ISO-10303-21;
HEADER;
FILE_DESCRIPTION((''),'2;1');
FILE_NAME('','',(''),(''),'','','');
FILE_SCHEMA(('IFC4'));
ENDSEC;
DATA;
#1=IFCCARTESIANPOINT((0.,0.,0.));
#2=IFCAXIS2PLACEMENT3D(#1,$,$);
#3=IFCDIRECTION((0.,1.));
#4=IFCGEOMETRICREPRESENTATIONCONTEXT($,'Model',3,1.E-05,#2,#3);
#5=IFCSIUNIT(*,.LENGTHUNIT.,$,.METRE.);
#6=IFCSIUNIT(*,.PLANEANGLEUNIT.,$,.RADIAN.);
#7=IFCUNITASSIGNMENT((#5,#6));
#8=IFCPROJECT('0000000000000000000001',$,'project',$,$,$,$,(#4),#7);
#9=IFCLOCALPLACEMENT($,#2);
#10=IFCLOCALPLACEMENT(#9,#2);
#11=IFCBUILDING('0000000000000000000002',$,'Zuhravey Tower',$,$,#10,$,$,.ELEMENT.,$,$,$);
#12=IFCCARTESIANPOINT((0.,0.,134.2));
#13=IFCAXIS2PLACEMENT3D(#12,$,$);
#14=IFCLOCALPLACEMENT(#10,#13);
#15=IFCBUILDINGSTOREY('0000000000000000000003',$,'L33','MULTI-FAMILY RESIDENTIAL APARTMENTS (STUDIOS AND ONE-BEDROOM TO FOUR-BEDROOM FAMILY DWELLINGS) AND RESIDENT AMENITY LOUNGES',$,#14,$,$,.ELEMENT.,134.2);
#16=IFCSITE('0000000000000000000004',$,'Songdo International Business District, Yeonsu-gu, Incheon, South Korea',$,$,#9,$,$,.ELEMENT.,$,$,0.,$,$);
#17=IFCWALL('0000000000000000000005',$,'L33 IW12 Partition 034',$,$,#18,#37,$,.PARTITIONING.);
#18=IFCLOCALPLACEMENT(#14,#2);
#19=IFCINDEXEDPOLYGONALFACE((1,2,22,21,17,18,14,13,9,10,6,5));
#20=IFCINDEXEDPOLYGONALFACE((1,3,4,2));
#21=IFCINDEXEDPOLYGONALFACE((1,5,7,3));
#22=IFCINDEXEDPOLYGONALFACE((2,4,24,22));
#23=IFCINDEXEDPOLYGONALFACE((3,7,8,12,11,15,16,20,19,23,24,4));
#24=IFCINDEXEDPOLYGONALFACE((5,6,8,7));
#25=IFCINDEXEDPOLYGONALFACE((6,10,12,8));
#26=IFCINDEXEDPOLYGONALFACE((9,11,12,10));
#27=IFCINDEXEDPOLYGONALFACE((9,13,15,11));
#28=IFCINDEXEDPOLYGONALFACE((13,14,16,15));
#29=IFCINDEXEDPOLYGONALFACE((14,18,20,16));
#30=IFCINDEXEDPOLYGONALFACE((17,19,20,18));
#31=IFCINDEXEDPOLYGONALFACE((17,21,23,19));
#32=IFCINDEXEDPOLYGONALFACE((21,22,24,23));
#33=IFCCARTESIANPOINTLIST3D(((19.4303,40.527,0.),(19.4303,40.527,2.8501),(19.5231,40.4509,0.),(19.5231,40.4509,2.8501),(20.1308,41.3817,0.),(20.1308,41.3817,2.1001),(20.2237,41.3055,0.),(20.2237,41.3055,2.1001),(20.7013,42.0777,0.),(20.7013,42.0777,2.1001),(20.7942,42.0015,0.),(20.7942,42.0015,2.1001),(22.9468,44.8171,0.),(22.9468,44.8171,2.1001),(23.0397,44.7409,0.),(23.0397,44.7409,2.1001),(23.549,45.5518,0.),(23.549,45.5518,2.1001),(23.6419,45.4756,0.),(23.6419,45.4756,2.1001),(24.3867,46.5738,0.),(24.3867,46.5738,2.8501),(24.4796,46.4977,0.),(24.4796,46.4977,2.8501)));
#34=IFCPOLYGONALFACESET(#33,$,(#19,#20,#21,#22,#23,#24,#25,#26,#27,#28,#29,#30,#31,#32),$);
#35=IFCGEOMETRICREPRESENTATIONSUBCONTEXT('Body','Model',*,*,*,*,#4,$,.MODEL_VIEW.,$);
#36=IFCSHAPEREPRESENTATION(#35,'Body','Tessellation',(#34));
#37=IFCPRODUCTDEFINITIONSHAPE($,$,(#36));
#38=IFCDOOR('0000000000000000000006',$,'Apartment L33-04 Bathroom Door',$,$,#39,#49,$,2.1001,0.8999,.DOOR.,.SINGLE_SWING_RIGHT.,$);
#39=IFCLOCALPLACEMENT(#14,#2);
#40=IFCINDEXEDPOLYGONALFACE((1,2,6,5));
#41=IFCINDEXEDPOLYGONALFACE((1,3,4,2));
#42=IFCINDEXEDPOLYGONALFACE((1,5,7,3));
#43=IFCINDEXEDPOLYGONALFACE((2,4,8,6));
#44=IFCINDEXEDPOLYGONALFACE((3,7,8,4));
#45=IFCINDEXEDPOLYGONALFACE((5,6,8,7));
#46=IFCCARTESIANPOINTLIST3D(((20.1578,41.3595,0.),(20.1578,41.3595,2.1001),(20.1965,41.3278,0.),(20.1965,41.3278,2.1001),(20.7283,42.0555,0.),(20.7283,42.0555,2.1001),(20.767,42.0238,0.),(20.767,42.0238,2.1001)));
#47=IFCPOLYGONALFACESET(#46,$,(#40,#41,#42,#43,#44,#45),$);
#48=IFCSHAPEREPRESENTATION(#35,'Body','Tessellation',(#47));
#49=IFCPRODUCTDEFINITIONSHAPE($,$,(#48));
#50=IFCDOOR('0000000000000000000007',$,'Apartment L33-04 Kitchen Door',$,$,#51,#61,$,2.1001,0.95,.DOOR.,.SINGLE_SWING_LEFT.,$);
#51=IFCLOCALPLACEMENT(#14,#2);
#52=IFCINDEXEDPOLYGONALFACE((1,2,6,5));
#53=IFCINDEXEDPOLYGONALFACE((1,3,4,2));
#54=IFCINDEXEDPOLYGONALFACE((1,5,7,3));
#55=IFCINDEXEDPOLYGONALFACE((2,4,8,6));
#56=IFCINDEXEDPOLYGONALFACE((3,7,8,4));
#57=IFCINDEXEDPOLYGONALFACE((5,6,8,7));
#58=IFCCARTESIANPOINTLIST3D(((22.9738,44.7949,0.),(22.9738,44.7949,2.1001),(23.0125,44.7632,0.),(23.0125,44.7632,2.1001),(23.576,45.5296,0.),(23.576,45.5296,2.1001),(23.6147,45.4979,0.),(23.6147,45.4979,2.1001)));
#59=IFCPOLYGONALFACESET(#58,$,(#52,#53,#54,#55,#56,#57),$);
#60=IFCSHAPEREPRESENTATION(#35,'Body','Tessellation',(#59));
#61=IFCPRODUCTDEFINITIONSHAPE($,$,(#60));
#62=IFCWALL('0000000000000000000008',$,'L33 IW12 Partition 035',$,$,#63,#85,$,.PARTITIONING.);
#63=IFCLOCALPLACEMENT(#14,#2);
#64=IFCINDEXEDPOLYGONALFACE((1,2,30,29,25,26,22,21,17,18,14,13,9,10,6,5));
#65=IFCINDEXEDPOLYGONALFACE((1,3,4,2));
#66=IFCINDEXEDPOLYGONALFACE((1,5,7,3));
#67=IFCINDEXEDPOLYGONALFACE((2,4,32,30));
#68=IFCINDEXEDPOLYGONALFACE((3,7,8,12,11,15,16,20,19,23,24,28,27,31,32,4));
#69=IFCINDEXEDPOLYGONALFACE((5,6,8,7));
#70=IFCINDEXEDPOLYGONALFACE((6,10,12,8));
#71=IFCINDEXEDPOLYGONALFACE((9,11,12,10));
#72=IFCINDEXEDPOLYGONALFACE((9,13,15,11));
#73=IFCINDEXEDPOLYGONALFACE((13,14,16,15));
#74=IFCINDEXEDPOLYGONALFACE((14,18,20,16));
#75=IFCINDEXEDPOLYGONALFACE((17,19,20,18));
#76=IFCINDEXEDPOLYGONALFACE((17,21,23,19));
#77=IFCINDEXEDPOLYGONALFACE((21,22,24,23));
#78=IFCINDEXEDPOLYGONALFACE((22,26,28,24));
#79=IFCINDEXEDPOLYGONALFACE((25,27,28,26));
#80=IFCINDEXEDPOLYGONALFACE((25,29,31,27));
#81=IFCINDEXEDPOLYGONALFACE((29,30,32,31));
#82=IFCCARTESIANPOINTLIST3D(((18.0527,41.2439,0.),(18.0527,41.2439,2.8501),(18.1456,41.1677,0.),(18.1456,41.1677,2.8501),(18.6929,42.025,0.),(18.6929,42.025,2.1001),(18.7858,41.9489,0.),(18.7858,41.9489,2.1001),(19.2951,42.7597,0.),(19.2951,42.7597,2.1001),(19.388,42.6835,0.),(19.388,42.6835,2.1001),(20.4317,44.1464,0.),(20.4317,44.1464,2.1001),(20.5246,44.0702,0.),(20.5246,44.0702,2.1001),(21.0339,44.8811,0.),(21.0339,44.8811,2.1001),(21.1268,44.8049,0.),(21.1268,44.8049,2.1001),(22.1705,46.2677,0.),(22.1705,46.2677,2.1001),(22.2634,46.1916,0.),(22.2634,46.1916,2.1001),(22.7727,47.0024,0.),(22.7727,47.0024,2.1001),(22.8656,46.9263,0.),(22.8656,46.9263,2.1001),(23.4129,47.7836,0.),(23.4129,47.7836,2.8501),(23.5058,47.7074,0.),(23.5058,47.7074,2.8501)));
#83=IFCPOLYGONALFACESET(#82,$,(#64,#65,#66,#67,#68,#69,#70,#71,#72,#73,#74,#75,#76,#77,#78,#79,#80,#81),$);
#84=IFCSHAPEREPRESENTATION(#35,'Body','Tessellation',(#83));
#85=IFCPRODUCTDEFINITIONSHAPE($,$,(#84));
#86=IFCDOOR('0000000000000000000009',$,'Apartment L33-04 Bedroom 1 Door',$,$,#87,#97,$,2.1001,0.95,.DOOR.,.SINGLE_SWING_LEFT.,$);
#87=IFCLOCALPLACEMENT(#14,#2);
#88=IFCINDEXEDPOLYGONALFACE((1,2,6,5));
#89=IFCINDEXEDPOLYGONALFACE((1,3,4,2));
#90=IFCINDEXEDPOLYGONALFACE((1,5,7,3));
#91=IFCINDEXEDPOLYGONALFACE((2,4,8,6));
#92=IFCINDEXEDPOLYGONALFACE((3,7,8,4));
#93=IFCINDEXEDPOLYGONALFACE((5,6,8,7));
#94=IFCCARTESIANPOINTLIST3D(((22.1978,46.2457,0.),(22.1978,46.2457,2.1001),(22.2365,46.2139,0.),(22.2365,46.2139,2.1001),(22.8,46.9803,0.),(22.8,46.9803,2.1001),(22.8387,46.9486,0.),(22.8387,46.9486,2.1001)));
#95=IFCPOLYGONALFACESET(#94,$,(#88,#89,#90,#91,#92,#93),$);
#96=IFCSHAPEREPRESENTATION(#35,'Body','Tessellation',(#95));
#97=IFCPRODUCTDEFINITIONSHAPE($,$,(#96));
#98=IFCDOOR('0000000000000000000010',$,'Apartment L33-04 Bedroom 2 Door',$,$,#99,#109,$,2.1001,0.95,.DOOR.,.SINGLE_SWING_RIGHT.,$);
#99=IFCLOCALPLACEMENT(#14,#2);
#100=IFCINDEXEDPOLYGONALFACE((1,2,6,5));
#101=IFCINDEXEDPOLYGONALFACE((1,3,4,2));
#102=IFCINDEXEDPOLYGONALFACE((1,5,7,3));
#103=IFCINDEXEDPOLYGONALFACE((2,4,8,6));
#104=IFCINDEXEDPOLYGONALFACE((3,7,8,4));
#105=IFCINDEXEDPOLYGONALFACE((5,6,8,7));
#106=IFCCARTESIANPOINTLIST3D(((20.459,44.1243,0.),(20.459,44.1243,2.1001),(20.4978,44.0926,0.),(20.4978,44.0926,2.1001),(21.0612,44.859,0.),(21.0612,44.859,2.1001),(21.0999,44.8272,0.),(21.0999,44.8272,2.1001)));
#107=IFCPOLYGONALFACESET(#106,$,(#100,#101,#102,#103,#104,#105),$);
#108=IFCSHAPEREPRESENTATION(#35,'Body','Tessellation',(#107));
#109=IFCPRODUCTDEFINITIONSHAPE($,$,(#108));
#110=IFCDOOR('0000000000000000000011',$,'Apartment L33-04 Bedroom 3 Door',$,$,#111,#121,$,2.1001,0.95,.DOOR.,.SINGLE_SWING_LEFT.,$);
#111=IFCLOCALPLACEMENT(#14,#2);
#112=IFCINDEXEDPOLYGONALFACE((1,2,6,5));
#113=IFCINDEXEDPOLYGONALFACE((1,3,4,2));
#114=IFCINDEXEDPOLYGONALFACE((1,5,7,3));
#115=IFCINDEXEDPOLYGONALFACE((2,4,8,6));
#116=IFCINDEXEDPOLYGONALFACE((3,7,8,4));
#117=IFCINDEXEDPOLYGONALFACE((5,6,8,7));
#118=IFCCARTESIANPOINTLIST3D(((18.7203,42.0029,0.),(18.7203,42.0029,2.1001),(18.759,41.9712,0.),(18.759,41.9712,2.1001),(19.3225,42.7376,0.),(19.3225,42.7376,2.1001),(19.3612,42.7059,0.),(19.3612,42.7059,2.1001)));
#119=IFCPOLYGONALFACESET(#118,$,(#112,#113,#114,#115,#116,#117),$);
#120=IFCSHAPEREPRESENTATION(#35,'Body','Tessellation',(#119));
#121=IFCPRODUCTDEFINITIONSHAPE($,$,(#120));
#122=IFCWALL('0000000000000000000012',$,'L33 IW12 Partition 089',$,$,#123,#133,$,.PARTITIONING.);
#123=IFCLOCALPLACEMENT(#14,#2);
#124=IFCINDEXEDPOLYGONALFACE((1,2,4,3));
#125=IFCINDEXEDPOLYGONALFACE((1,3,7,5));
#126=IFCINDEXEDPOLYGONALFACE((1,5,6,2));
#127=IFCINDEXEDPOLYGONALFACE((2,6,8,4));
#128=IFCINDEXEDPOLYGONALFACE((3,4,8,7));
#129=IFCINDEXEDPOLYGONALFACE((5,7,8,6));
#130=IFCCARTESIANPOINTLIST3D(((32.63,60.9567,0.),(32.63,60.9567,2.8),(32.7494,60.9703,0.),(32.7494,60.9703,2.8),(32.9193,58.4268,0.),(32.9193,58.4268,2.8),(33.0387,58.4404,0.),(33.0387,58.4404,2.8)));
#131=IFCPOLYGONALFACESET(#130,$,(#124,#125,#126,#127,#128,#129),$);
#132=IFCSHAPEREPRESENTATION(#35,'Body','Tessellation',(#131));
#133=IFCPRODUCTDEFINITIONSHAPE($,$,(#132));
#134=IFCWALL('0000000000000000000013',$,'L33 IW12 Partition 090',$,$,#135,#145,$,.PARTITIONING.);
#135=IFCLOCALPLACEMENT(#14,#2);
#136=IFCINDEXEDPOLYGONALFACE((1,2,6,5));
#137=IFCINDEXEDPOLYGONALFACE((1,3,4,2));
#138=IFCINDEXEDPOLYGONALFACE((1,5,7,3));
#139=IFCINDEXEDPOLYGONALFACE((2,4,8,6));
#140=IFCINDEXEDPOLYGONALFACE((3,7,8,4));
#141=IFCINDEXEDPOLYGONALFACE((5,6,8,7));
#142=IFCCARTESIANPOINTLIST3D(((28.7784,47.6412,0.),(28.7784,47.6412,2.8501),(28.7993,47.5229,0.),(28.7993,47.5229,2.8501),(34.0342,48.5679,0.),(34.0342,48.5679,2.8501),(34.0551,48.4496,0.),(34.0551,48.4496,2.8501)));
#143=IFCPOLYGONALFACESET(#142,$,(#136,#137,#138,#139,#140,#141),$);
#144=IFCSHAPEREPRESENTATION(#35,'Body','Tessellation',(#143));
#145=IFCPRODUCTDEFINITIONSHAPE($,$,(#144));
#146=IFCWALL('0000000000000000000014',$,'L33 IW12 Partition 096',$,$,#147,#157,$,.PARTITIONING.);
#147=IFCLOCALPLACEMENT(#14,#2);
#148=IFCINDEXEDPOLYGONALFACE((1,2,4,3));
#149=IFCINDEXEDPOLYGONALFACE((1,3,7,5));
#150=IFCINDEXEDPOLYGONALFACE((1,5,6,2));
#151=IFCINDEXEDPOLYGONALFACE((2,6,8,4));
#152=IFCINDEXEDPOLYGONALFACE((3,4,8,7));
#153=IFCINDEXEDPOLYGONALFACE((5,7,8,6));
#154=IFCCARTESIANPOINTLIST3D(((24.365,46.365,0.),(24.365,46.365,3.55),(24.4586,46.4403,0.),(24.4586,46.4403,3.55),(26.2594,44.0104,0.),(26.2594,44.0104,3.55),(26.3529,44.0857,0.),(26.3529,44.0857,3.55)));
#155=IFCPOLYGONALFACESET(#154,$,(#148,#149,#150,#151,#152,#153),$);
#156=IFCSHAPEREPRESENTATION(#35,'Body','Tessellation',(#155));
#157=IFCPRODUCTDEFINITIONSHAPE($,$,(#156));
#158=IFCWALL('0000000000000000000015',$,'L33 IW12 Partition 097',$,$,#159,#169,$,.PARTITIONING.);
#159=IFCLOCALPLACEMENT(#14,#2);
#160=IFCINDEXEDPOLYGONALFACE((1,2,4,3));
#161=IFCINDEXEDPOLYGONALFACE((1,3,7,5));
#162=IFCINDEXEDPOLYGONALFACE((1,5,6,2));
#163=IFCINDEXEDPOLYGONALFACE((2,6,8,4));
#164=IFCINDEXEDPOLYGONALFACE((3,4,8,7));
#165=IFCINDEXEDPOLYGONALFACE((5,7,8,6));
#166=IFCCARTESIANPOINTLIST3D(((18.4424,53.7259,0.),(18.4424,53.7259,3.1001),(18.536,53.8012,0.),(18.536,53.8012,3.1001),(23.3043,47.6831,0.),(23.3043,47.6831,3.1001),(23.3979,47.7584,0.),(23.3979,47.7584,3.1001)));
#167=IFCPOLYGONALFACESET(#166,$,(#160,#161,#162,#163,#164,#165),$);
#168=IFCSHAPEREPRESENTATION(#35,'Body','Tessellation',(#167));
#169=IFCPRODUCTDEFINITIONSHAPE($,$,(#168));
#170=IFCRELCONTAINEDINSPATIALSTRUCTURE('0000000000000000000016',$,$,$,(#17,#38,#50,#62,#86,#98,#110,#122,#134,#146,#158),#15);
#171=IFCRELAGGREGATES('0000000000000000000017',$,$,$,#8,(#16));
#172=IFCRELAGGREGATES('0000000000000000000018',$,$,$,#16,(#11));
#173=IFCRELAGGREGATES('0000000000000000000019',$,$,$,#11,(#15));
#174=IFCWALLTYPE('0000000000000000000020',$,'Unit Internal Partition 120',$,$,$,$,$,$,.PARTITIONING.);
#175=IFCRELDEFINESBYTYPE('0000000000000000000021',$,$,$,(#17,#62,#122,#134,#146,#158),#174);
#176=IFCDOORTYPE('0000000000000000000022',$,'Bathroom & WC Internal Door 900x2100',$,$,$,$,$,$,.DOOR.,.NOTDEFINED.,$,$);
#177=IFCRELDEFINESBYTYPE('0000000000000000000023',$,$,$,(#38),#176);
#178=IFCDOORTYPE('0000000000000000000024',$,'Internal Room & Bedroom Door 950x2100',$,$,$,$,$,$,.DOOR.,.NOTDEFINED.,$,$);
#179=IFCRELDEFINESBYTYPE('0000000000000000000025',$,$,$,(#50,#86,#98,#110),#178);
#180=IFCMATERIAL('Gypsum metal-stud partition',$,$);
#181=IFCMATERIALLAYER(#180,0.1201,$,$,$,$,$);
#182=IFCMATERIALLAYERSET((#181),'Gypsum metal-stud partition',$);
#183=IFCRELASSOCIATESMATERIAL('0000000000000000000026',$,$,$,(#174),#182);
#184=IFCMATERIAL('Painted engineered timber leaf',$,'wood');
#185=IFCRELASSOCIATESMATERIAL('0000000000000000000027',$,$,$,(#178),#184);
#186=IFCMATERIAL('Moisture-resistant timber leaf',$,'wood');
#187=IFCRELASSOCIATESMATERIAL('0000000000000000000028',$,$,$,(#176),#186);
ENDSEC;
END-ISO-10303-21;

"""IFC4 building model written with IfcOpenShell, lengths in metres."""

from ifc_helpers import new_model, si_unit, direction, frame, frame_2d, origin, place, context, subcontext, project, spatial, rectangle, extrude, material, layer, layer_set, type_object, element, fill, save


model = new_model("IFC4")

# Units and contexts
model_context = context("Model", 3, precision=1e-05, world=origin(), true_north=direction((0.0, 1.0)))
body_context = subcontext(model_context, "Body", "Model", "MODEL_VIEW")
ifc_project = project(units=[si_unit("LENGTHUNIT", "METRE"), si_unit("PLANEANGLEUNIT", "RADIAN")], contexts=[model_context])

# Site, building, storey
site_placement = place(None, origin())
site = spatial("IfcSite", under=ifc_project, at=site_placement, Name="Songdo International Business District, Yeonsu-gu, Incheon, South Korea", CompositionType="ELEMENT", RefElevation=0.0)
building_placement = place(site_placement, origin())
building = spatial("IfcBuilding", under=site, at=building_placement, Name="Zuhravey Tower", CompositionType="ELEMENT")
storey_placement = place(building_placement, frame((0.0, 0.0, 134.2)))
storey = spatial("IfcBuildingStorey", under=building, at=storey_placement, Name="L33", Description="MULTI-FAMILY RESIDENTIAL APARTMENTS (STUDIOS AND ONE-BEDROOM TO FOUR-BEDROOM FAMILY DWELLINGS) AND RESIDENT AMENITY LOUNGES", CompositionType="ELEMENT", Elevation=134.2)

# Shared definitions
ifc_material_1 = material(Name="Gypsum metal-stud partition")
ifc_layer_1 = layer(ifc_material_1, 0.1201)
ifc_layer_set_1 = layer_set([ifc_layer_1], Name="Gypsum metal-stud partition")
wall_type_1 = type_object("IfcWallType", Name="Unit Internal Partition 120", PredefinedType="PARTITIONING", material=ifc_layer_set_1)

# Shared definitions
ifc_material_2 = material(Name="Painted engineered timber leaf", Category="wood")
door_type_1 = type_object("IfcDoorType", Name="Internal Room & Bedroom Door 950x2100", OperationType="NOTDEFINED", PredefinedType="DOOR", material=ifc_material_2)

# Walls, openings, doors
wall_1_placement = place(storey_placement, frame((24.4331, 46.5356, 0.0), z_axis=(0.0, 0.0, 1.0), x_axis=(-0.633935, -0.773387, 0.0)))
wall_1 = element("IfcWall", 1, at=wall_1_placement, inside=storey, type_object=wall_type_1, Name="L33 IW12 Partition 034", PredefinedType="PARTITIONING", context=body_context, shape_type="SweptSolid", body=[
    extrude(rectangle(XDim=7.8186, YDim=0.1201, at=frame_2d((3.9092, 0.0))), origin(), (0.0, 0.0, 1.0), 2.8501),
])
opening_1_placement = place(wall_1_placement, frame((1.3213, 0.0, 0.0)))
opening_1 = element("IfcOpeningElement", 2, at=opening_1_placement, cuts=wall_1, PredefinedType="OPENING", context=body_context, shape_type="SweptSolid", body=[
    extrude(rectangle(XDim=0.95, YDim=2.1001, at=frame_2d((0.4751, 1.05))), frame((0.0, 0.072, 0.0), z_axis=(0.0, -1.0, 0.0), x_axis=(1.0, 0.0, 0.0)), (0.0, 0.0, 1.0), 0.144),
])
opening_2_placement = place(wall_1_placement, frame((5.8135, 0.0, 0.0)))
opening_2 = element("IfcOpeningElement", 3, at=opening_2_placement, cuts=wall_1, PredefinedType="OPENING", context=body_context, shape_type="SweptSolid", body=[
    extrude(rectangle(XDim=0.8999, YDim=2.1001, at=frame_2d((0.45, 1.05))), frame((0.0, 0.072, 0.0), z_axis=(0.0, -1.0, 0.0), x_axis=(1.0, 0.0, 0.0)), (0.0, 0.0, 1.0), 0.144),
])
ifc_material_3 = material(Name="Moisture-resistant timber leaf", Category="wood")
door_type_2 = type_object("IfcDoorType", Name="Bathroom & WC Internal Door 900x2100", OperationType="NOTDEFINED", PredefinedType="DOOR", material=ifc_material_3)
door_1_placement = place(opening_2_placement, origin())
door_1 = element("IfcDoor", 4, at=door_1_placement, inside=storey, type_object=door_type_2, Name="Apartment L33-04 Bathroom Door", OperationType="SINGLE_SWING_RIGHT", OverallHeight=2.1001, OverallWidth=0.8999, PredefinedType="DOOR", context=body_context, shape_type="SweptSolid", body=[
    extrude(rectangle(XDim=0.8999, YDim=2.1001, at=frame_2d((0.45, 1.05))), frame((0.0, 0.0249, 0.0), z_axis=(0.0, -1.0, 0.0), x_axis=(1.0, 0.0, 0.0)), (0.0, 0.0, 1.0), 0.05),
])
fill(opening_2, door_1)
door_2_placement = place(opening_1_placement, origin())
door_2 = element("IfcDoor", 5, at=door_2_placement, inside=storey, type_object=door_type_1, Name="Apartment L33-04 Kitchen Door", OperationType="SINGLE_SWING_LEFT", OverallHeight=2.1001, OverallWidth=0.95, PredefinedType="DOOR", context=body_context, shape_type="SweptSolid", body=[
    extrude(rectangle(XDim=0.95, YDim=2.1001, at=frame_2d((0.4751, 1.05))), frame((0.0, 0.0249, 0.0), z_axis=(0.0, -1.0, 0.0), x_axis=(1.0, 0.0, 0.0)), (0.0, 0.0, 1.0), 0.05),
])
fill(opening_1, door_2)
wall_2_placement = place(storey_placement, frame((23.4595, 47.7456, 0.0), z_axis=(0.0, 0.0, 1.0), x_axis=(-0.633918, -0.7734, 0.0)))
wall_2 = element("IfcWall", 6, at=wall_2_placement, inside=storey, type_object=wall_type_1, Name="L33 IW12 Partition 035", PredefinedType="PARTITIONING", context=body_context, shape_type="SweptSolid", body=[
    extrude(rectangle(XDim=8.4558, YDim=0.1201, at=frame_2d((4.228, 0.0))), origin(), (0.0, 0.0, 1.0), 2.8501),
])
opening_3_placement = place(wall_2_placement, frame((1.01, 0.0, 0.0)))
opening_3 = element("IfcOpeningElement", 7, at=opening_3_placement, cuts=wall_2, PredefinedType="OPENING", context=body_context, shape_type="SweptSolid", body=[
    extrude(rectangle(XDim=0.95, YDim=2.1001, at=frame_2d((0.4751, 1.05))), frame((0.0, 0.072, 0.0), z_axis=(0.0, -1.0, 0.0), x_axis=(1.0, 0.0, 0.0)), (0.0, 0.0, 1.0), 0.144),
])
opening_4_placement = place(wall_2_placement, frame((3.7529, 0.0, 0.0)))
opening_4 = element("IfcOpeningElement", 8, at=opening_4_placement, cuts=wall_2, PredefinedType="OPENING", context=body_context, shape_type="SweptSolid", body=[
    extrude(rectangle(XDim=0.95, YDim=2.1001, at=frame_2d((0.4751, 1.05))), frame((0.0, 0.072, 0.0), z_axis=(0.0, -1.0, 0.0), x_axis=(1.0, 0.0, 0.0)), (0.0, 0.0, 1.0), 0.144),
])
opening_5_placement = place(wall_2_placement, frame((6.4958, 0.0, 0.0)))
opening_5 = element("IfcOpeningElement", 9, at=opening_5_placement, cuts=wall_2, PredefinedType="OPENING", context=body_context, shape_type="SweptSolid", body=[
    extrude(rectangle(XDim=0.95, YDim=2.1001, at=frame_2d((0.4751, 1.05))), frame((0.0, 0.072, 0.0), z_axis=(0.0, -1.0, 0.0), x_axis=(1.0, 0.0, 0.0)), (0.0, 0.0, 1.0), 0.144),
])
door_3_placement = place(opening_3_placement, frame((0.95, 0.0, 0.0), z_axis=(0.0, 0.0, 1.0), x_axis=(-1.0, 0.0, 0.0)))
door_3 = element("IfcDoor", 10, at=door_3_placement, inside=storey, type_object=door_type_1, Name="Apartment L33-04 Bedroom 1 Door", OperationType="SINGLE_SWING_LEFT", OverallHeight=2.1001, OverallWidth=0.95, PredefinedType="DOOR", context=body_context, shape_type="SweptSolid", body=[
    extrude(rectangle(XDim=0.95, YDim=2.1001, at=frame_2d((0.4751, 1.05))), frame((0.0, 0.0249, 0.0), z_axis=(0.0, -1.0, 0.0), x_axis=(1.0, 0.0, 0.0)), (0.0, 0.0, 1.0), 0.05),
])
fill(opening_3, door_3)
door_4_placement = place(opening_4_placement, frame((0.95, 0.0, 0.0), z_axis=(0.0, 0.0, 1.0), x_axis=(-1.0, 0.0, 0.0)))
door_4 = element("IfcDoor", 11, at=door_4_placement, inside=storey, type_object=door_type_1, Name="Apartment L33-04 Bedroom 2 Door", OperationType="SINGLE_SWING_RIGHT", OverallHeight=2.1001, OverallWidth=0.95, PredefinedType="DOOR", context=body_context, shape_type="SweptSolid", body=[
    extrude(rectangle(XDim=0.95, YDim=2.1001, at=frame_2d((0.4751, 1.05))), frame((0.0, 0.0249, 0.0), z_axis=(0.0, -1.0, 0.0), x_axis=(1.0, 0.0, 0.0)), (0.0, 0.0, 1.0), 0.05),
])
fill(opening_4, door_4)
door_5_placement = place(opening_5_placement, frame((0.95, 0.0, 0.0), z_axis=(0.0, 0.0, 1.0), x_axis=(-1.0, 0.0, 0.0)))
door_5 = element("IfcDoor", 12, at=door_5_placement, inside=storey, type_object=door_type_1, Name="Apartment L33-04 Bedroom 3 Door", OperationType="SINGLE_SWING_LEFT", OverallHeight=2.1001, OverallWidth=0.95, PredefinedType="DOOR", context=body_context, shape_type="SweptSolid", body=[
    extrude(rectangle(XDim=0.95, YDim=2.1001, at=frame_2d((0.4751, 1.05))), frame((0.0, 0.0249, 0.0), z_axis=(0.0, -1.0, 0.0), x_axis=(1.0, 0.0, 0.0)), (0.0, 0.0, 1.0), 0.05),
])
fill(opening_5, door_5)

# Walls
wall_3_placement = place(storey_placement, frame((32.979, 58.4336, 0.0), z_axis=(0.0, 0.0, 1.0), x_axis=(-0.11362, 0.993524, 0.0)))
element("IfcWall", 13, at=wall_3_placement, inside=storey, type_object=wall_type_1, Name="L33 IW12 Partition 089", PredefinedType="PARTITIONING", context=body_context, shape_type="SweptSolid", body=[
    extrude(rectangle(XDim=2.5464, YDim=0.1201, at=frame_2d((1.2732, 0.0))), origin(), (0.0, 0.0, 1.0), 2.8),
])
wall_4_placement = place(storey_placement, frame((34.0447, 48.5088, 0.0), z_axis=(0.0, 0.0, 1.0), x_axis=(-0.984807, -0.17365, 0.0)))
element("IfcWall", 14, at=wall_4_placement, inside=storey, type_object=wall_type_1, Name="L33 IW12 Partition 090", PredefinedType="PARTITIONING", context=body_context, shape_type="SweptSolid", body=[
    extrude(rectangle(XDim=5.3369, YDim=0.1201, at=frame_2d((2.6685, 0.0))), origin(), (0.0, 0.0, 1.0), 2.8501),
])
wall_5_placement = place(storey_placement, frame((26.3062, 44.0481, 0.0), z_axis=(0.0, 0.0, 1.0), x_axis=(-0.62685, 0.77914, 0.0)))
element("IfcWall", 15, at=wall_5_placement, inside=storey, type_object=wall_type_1, Name="L33 IW12 Partition 096", PredefinedType="PARTITIONING", context=body_context, shape_type="SweptSolid", body=[
    extrude(rectangle(XDim=3.022, YDim=0.1201, at=frame_2d((1.511, 0.0))), origin(), (0.0, 0.0, 1.0), 3.55),
])
wall_6_placement = place(storey_placement, frame((23.3511, 47.7207, 0.0), z_axis=(0.0, 0.0, 1.0), x_axis=(-0.626865, 0.779128, 0.0)))
element("IfcWall", 16, at=wall_6_placement, inside=storey, type_object=wall_type_1, Name="L33 IW12 Partition 097", PredefinedType="PARTITIONING", context=body_context, shape_type="SweptSolid", body=[
    extrude(rectangle(XDim=7.7559, YDim=0.1201, at=frame_2d((3.8779, 0.0))), origin(), (0.0, 0.0, 1.0), 3.1001),
])

save(model, "model.ifc")
